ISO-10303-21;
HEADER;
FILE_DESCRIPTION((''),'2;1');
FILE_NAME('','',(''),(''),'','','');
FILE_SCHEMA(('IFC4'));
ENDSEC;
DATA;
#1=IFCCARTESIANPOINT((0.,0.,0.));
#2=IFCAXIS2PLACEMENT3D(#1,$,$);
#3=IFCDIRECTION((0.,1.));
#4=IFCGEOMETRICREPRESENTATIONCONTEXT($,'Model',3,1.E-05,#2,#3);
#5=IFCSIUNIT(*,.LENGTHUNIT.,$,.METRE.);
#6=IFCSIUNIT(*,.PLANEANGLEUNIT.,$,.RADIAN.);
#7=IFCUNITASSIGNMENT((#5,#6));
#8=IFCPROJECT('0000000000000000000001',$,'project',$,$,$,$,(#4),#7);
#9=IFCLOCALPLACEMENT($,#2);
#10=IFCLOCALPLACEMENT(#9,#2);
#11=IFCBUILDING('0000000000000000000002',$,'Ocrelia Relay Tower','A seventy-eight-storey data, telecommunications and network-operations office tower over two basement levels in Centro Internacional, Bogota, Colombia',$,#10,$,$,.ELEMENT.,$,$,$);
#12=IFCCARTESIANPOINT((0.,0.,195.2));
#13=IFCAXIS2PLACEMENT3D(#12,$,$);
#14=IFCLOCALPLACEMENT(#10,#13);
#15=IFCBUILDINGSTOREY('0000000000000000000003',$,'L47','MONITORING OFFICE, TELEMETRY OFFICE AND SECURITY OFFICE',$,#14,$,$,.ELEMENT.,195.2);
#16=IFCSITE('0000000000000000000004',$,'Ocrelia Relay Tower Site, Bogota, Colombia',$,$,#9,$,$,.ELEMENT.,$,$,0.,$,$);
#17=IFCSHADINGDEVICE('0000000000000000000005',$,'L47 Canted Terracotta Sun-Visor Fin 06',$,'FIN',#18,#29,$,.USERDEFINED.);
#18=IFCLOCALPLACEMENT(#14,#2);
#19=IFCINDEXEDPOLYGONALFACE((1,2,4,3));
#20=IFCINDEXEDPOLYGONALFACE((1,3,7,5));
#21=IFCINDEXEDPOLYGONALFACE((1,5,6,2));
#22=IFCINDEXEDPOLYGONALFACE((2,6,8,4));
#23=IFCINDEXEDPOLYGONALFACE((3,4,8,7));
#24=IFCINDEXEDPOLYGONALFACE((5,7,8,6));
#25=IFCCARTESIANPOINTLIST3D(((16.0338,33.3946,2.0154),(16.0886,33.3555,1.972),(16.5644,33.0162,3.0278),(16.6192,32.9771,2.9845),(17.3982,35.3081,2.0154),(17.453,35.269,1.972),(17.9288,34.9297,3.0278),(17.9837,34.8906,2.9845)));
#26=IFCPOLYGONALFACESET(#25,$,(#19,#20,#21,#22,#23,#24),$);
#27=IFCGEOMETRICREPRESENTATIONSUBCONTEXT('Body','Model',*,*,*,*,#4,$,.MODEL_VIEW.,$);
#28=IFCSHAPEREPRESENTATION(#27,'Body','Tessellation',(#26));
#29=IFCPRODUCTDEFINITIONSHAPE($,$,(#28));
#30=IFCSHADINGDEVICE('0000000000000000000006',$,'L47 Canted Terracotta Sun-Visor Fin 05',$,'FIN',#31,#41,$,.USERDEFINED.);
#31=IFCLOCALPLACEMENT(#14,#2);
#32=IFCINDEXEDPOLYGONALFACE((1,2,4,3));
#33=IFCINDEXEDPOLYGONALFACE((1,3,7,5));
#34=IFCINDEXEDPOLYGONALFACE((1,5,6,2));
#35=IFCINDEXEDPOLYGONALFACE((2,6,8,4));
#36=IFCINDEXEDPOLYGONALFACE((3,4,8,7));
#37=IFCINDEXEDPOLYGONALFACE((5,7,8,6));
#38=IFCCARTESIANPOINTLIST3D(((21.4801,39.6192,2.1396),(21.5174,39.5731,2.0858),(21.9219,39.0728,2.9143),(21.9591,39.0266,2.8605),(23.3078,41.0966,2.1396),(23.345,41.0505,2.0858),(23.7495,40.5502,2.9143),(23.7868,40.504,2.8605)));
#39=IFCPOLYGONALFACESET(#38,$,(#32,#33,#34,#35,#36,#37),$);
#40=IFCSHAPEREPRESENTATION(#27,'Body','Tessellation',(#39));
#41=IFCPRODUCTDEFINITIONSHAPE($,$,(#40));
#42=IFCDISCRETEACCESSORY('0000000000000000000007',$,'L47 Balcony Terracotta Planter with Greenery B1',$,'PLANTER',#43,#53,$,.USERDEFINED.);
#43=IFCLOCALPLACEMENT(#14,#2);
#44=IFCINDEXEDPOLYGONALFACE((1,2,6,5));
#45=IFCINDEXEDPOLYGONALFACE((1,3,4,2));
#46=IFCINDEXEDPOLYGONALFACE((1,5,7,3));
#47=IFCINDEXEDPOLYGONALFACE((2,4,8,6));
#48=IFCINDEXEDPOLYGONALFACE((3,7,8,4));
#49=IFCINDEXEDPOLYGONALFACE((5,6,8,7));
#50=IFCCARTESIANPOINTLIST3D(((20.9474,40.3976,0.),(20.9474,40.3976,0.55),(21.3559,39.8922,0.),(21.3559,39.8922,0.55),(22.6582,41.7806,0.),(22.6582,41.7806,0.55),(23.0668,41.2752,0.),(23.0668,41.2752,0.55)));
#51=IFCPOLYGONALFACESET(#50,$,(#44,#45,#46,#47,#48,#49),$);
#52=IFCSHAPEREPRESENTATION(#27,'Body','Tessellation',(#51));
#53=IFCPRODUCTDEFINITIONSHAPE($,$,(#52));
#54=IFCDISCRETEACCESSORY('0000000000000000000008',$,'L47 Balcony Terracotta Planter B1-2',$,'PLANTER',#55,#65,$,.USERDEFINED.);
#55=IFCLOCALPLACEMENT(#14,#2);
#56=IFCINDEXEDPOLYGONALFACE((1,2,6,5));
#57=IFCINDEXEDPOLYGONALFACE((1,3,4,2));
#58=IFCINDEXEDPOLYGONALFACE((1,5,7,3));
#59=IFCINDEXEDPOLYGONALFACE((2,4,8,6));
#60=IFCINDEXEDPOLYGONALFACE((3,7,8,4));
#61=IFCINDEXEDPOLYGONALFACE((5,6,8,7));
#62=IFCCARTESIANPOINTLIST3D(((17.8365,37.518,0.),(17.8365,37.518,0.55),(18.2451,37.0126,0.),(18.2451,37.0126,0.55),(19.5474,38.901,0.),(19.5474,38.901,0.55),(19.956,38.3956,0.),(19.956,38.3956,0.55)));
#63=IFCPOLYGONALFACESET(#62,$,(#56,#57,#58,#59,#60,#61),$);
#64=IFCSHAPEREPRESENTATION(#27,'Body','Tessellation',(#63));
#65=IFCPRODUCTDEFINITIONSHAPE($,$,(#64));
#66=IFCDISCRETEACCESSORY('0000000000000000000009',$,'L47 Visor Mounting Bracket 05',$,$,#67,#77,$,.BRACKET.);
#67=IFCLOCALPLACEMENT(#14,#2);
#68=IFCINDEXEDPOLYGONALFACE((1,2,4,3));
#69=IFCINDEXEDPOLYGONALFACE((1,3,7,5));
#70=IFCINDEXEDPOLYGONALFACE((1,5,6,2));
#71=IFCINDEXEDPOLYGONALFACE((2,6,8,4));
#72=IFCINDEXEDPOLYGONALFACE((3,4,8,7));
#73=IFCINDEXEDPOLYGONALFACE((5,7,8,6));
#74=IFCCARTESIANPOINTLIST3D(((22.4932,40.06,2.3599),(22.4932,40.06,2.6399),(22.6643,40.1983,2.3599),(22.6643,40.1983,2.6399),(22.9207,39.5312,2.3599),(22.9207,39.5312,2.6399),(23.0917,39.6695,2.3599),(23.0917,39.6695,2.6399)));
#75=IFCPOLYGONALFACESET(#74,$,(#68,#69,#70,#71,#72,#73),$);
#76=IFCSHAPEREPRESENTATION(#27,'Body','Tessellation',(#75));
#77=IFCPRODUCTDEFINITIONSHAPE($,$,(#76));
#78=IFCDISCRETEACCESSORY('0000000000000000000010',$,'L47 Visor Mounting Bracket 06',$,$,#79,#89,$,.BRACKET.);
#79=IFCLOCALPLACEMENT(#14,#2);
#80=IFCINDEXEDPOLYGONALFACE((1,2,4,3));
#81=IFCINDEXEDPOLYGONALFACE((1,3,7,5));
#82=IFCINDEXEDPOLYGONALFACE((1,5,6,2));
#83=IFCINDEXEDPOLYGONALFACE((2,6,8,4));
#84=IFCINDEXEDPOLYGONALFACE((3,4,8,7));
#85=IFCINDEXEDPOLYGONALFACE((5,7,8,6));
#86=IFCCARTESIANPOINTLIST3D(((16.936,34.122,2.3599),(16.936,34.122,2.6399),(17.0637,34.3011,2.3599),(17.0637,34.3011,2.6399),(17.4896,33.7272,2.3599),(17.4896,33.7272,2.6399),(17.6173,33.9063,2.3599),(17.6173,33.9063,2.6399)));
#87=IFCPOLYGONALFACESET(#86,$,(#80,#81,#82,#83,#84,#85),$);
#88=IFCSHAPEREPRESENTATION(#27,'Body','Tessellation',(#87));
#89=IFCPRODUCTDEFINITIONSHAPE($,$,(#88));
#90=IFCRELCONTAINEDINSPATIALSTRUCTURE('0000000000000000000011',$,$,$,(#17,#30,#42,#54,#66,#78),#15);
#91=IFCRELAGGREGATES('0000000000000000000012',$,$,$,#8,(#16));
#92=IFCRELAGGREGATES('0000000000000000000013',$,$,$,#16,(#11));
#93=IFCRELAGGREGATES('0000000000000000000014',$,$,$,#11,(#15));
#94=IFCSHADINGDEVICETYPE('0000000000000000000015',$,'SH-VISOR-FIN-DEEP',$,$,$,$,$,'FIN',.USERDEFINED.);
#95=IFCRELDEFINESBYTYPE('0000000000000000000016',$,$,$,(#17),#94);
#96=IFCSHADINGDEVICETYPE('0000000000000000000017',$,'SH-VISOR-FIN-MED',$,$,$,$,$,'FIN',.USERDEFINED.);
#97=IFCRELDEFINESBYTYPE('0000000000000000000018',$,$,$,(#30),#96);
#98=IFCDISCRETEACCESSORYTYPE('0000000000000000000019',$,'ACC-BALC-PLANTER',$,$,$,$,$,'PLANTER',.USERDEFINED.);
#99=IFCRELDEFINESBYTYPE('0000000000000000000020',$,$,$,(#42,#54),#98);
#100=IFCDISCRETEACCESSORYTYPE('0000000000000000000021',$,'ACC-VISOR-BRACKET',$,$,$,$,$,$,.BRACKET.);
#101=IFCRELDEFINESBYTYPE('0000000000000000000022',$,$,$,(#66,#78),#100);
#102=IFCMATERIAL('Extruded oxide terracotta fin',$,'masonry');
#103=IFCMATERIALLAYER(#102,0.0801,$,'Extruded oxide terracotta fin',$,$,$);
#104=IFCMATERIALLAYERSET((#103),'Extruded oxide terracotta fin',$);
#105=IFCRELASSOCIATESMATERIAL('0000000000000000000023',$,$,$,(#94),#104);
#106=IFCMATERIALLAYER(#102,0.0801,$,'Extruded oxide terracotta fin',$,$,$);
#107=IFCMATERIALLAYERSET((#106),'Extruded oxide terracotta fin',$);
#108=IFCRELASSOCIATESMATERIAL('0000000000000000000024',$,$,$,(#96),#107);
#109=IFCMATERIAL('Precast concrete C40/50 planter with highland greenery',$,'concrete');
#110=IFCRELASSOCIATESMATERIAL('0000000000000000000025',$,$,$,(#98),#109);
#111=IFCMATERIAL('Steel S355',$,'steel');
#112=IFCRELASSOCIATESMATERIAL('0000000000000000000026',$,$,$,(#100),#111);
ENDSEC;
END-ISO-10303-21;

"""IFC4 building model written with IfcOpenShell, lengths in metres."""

from ifc_helpers import new_model, si_unit, direction, frame, origin, origin_2d, place, context, subcontext, project, spatial, rectangle, extrude, material, layer, layer_set, type_object, element, save


model = new_model("IFC4")

# Units and contexts
model_context = context("Model", 3, precision=1e-05, world=origin(), true_north=direction((0.0, 1.0)))
body_context = subcontext(model_context, "Body", "Model", "MODEL_VIEW")
ifc_project = project(units=[si_unit("LENGTHUNIT", "METRE"), si_unit("PLANEANGLEUNIT", "RADIAN")], contexts=[model_context])

# Site, building, storey
site_placement = place(None, origin())
site = spatial("IfcSite", under=ifc_project, at=site_placement, Name="Ocrelia Relay Tower Site, Bogota, Colombia", CompositionType="ELEMENT", RefElevation=0.0)
building_placement = place(site_placement, origin())
building = spatial("IfcBuilding", under=site, at=building_placement, Name="Ocrelia Relay Tower", Description="A seventy-eight-storey data, telecommunications and network-operations office tower over two basement levels in Centro Internacional, Bogota, Colombia", CompositionType="ELEMENT")
storey_placement = place(building_placement, frame((0.0, 0.0, 195.2)))
storey = spatial("IfcBuildingStorey", under=building, at=storey_placement, Name="L47", Description="MONITORING OFFICE, TELEMETRY OFFICE AND SECURITY OFFICE", CompositionType="ELEMENT", Elevation=195.2)

# Shared definitions
ifc_material_1 = material(Name="Steel S355", Category="steel")

# Shading devices
ifc_material_2 = material(Name="Extruded oxide terracotta fin", Category="masonry")
ifc_layer_1 = layer(ifc_material_2, 0.0801, Name="Extruded oxide terracotta fin")
ifc_layer_set_1 = layer_set([ifc_layer_1], Name="Extruded oxide terracotta fin")
shading_device_type_1 = type_object("IfcShadingDeviceType", Name="SH-VISOR-FIN-DEEP", ElementType="FIN", PredefinedType="USERDEFINED", material=ifc_layer_set_1)
shading_device_1_placement = place(storey_placement, frame((17.0361, 34.123, 2.4783), z_axis=(-0.684621, 0.488183, 0.541268), x_axis=(-0.580583, -0.814201, 0.0)))
element("IfcShadingDevice", 1, at=shading_device_1_placement, inside=storey, type_object=shading_device_type_1, Name="L47 Canted Terracotta Sun-Visor Fin 06", ObjectType="FIN", PredefinedType="USERDEFINED", context=body_context, shape_type="SweptSolid", body=[
    extrude(rectangle(XDim=2.3501, YDim=1.2041, at=origin_2d()), origin(), (0.0, 0.0, 1.0), 0.0801),
])
ifc_layer_2 = layer(ifc_material_2, 0.0801, Name="Extruded oxide terracotta fin")
ifc_layer_set_2 = layer_set([ifc_layer_2], Name="Extruded oxide terracotta fin")
shading_device_type_2 = type_object("IfcShadingDeviceType", Name="SH-VISOR-FIN-MED", ElementType="FIN", PredefinedType="USERDEFINED", material=ifc_layer_set_2)
shading_device_2_placement = place(storey_placement, frame((22.6521, 40.0386, 2.4731), z_axis=(-0.465633, 0.576024, 0.67185), x_axis=(-0.777688, -0.62865, 0.0)))
element("IfcShadingDevice", 2, at=shading_device_2_placement, inside=storey, type_object=shading_device_type_2, Name="L47 Canted Terracotta Sun-Visor Fin 05", ObjectType="FIN", PredefinedType="USERDEFINED", context=body_context, shape_type="SweptSolid", body=[
    extrude(rectangle(XDim=2.3501, YDim=1.0459, at=origin_2d()), origin(), (0.0, 0.0, 1.0), 0.0801),
])

# Discrete accessories
ifc_material_3 = material(Name="Precast concrete C40/50 planter with highland greenery", Category="concrete")
discrete_accessory_type_1 = type_object("IfcDiscreteAccessoryType", Name="ACC-BALC-PLANTER", ElementType="PLANTER", PredefinedType="USERDEFINED", material=ifc_material_3)
for number, where, z_axis, x_axis, name in (
    (3, (22.0071, 40.8364, 0.0), (0.0, 0.0, 1.0), (0.777689, 0.628649, 0.0), "L47 Balcony Terracotta Planter with Greenery B1"),
    (4, (18.8962, 37.9568, 0.0), (0.0, 0.0, 1.0), (0.777689, 0.628649, 0.0), "L47 Balcony Terracotta Planter B1-2"),
):
    element("IfcDiscreteAccessory", number, at=place(storey_placement, frame(where, z_axis=z_axis, x_axis=x_axis)), inside=storey, type_object=discrete_accessory_type_1, Name=name, ObjectType="PLANTER", PredefinedType="USERDEFINED", context=body_context, shape_type="SweptSolid", body=[
        extrude(rectangle(XDim=2.2, YDim=0.6499, at=origin_2d()), origin(), (0.0, 0.0, 1.0), 0.55),
    ])
discrete_accessory_type_2 = type_object("IfcDiscreteAccessoryType", Name="ACC-VISOR-BRACKET", PredefinedType="BRACKET", material=ifc_material_1)
for number, where, z_axis, x_axis, name in (
    (5, (22.7925, 39.8647, 2.3599), (0.0, 0.0, 1.0), (-0.777688, -0.62865, 0.0), "L47 Visor Mounting Bracket 05"),
    (6, (17.2766, 34.0142, 2.3599), (0.0, 0.0, 1.0), (-0.580583, -0.814201, 0.0), "L47 Visor Mounting Bracket 06"),
):
    element("IfcDiscreteAccessory", number, at=place(storey_placement, frame(where, z_axis=z_axis, x_axis=x_axis)), inside=storey, type_object=discrete_accessory_type_2, Name=name, PredefinedType="BRACKET", context=body_context, shape_type="SweptSolid", body=[
        extrude(rectangle(XDim=0.22, YDim=0.6799, at=origin_2d()), origin(), (0.0, 0.0, 1.0), 0.28),
    ])

save(model, "model.ifc")
